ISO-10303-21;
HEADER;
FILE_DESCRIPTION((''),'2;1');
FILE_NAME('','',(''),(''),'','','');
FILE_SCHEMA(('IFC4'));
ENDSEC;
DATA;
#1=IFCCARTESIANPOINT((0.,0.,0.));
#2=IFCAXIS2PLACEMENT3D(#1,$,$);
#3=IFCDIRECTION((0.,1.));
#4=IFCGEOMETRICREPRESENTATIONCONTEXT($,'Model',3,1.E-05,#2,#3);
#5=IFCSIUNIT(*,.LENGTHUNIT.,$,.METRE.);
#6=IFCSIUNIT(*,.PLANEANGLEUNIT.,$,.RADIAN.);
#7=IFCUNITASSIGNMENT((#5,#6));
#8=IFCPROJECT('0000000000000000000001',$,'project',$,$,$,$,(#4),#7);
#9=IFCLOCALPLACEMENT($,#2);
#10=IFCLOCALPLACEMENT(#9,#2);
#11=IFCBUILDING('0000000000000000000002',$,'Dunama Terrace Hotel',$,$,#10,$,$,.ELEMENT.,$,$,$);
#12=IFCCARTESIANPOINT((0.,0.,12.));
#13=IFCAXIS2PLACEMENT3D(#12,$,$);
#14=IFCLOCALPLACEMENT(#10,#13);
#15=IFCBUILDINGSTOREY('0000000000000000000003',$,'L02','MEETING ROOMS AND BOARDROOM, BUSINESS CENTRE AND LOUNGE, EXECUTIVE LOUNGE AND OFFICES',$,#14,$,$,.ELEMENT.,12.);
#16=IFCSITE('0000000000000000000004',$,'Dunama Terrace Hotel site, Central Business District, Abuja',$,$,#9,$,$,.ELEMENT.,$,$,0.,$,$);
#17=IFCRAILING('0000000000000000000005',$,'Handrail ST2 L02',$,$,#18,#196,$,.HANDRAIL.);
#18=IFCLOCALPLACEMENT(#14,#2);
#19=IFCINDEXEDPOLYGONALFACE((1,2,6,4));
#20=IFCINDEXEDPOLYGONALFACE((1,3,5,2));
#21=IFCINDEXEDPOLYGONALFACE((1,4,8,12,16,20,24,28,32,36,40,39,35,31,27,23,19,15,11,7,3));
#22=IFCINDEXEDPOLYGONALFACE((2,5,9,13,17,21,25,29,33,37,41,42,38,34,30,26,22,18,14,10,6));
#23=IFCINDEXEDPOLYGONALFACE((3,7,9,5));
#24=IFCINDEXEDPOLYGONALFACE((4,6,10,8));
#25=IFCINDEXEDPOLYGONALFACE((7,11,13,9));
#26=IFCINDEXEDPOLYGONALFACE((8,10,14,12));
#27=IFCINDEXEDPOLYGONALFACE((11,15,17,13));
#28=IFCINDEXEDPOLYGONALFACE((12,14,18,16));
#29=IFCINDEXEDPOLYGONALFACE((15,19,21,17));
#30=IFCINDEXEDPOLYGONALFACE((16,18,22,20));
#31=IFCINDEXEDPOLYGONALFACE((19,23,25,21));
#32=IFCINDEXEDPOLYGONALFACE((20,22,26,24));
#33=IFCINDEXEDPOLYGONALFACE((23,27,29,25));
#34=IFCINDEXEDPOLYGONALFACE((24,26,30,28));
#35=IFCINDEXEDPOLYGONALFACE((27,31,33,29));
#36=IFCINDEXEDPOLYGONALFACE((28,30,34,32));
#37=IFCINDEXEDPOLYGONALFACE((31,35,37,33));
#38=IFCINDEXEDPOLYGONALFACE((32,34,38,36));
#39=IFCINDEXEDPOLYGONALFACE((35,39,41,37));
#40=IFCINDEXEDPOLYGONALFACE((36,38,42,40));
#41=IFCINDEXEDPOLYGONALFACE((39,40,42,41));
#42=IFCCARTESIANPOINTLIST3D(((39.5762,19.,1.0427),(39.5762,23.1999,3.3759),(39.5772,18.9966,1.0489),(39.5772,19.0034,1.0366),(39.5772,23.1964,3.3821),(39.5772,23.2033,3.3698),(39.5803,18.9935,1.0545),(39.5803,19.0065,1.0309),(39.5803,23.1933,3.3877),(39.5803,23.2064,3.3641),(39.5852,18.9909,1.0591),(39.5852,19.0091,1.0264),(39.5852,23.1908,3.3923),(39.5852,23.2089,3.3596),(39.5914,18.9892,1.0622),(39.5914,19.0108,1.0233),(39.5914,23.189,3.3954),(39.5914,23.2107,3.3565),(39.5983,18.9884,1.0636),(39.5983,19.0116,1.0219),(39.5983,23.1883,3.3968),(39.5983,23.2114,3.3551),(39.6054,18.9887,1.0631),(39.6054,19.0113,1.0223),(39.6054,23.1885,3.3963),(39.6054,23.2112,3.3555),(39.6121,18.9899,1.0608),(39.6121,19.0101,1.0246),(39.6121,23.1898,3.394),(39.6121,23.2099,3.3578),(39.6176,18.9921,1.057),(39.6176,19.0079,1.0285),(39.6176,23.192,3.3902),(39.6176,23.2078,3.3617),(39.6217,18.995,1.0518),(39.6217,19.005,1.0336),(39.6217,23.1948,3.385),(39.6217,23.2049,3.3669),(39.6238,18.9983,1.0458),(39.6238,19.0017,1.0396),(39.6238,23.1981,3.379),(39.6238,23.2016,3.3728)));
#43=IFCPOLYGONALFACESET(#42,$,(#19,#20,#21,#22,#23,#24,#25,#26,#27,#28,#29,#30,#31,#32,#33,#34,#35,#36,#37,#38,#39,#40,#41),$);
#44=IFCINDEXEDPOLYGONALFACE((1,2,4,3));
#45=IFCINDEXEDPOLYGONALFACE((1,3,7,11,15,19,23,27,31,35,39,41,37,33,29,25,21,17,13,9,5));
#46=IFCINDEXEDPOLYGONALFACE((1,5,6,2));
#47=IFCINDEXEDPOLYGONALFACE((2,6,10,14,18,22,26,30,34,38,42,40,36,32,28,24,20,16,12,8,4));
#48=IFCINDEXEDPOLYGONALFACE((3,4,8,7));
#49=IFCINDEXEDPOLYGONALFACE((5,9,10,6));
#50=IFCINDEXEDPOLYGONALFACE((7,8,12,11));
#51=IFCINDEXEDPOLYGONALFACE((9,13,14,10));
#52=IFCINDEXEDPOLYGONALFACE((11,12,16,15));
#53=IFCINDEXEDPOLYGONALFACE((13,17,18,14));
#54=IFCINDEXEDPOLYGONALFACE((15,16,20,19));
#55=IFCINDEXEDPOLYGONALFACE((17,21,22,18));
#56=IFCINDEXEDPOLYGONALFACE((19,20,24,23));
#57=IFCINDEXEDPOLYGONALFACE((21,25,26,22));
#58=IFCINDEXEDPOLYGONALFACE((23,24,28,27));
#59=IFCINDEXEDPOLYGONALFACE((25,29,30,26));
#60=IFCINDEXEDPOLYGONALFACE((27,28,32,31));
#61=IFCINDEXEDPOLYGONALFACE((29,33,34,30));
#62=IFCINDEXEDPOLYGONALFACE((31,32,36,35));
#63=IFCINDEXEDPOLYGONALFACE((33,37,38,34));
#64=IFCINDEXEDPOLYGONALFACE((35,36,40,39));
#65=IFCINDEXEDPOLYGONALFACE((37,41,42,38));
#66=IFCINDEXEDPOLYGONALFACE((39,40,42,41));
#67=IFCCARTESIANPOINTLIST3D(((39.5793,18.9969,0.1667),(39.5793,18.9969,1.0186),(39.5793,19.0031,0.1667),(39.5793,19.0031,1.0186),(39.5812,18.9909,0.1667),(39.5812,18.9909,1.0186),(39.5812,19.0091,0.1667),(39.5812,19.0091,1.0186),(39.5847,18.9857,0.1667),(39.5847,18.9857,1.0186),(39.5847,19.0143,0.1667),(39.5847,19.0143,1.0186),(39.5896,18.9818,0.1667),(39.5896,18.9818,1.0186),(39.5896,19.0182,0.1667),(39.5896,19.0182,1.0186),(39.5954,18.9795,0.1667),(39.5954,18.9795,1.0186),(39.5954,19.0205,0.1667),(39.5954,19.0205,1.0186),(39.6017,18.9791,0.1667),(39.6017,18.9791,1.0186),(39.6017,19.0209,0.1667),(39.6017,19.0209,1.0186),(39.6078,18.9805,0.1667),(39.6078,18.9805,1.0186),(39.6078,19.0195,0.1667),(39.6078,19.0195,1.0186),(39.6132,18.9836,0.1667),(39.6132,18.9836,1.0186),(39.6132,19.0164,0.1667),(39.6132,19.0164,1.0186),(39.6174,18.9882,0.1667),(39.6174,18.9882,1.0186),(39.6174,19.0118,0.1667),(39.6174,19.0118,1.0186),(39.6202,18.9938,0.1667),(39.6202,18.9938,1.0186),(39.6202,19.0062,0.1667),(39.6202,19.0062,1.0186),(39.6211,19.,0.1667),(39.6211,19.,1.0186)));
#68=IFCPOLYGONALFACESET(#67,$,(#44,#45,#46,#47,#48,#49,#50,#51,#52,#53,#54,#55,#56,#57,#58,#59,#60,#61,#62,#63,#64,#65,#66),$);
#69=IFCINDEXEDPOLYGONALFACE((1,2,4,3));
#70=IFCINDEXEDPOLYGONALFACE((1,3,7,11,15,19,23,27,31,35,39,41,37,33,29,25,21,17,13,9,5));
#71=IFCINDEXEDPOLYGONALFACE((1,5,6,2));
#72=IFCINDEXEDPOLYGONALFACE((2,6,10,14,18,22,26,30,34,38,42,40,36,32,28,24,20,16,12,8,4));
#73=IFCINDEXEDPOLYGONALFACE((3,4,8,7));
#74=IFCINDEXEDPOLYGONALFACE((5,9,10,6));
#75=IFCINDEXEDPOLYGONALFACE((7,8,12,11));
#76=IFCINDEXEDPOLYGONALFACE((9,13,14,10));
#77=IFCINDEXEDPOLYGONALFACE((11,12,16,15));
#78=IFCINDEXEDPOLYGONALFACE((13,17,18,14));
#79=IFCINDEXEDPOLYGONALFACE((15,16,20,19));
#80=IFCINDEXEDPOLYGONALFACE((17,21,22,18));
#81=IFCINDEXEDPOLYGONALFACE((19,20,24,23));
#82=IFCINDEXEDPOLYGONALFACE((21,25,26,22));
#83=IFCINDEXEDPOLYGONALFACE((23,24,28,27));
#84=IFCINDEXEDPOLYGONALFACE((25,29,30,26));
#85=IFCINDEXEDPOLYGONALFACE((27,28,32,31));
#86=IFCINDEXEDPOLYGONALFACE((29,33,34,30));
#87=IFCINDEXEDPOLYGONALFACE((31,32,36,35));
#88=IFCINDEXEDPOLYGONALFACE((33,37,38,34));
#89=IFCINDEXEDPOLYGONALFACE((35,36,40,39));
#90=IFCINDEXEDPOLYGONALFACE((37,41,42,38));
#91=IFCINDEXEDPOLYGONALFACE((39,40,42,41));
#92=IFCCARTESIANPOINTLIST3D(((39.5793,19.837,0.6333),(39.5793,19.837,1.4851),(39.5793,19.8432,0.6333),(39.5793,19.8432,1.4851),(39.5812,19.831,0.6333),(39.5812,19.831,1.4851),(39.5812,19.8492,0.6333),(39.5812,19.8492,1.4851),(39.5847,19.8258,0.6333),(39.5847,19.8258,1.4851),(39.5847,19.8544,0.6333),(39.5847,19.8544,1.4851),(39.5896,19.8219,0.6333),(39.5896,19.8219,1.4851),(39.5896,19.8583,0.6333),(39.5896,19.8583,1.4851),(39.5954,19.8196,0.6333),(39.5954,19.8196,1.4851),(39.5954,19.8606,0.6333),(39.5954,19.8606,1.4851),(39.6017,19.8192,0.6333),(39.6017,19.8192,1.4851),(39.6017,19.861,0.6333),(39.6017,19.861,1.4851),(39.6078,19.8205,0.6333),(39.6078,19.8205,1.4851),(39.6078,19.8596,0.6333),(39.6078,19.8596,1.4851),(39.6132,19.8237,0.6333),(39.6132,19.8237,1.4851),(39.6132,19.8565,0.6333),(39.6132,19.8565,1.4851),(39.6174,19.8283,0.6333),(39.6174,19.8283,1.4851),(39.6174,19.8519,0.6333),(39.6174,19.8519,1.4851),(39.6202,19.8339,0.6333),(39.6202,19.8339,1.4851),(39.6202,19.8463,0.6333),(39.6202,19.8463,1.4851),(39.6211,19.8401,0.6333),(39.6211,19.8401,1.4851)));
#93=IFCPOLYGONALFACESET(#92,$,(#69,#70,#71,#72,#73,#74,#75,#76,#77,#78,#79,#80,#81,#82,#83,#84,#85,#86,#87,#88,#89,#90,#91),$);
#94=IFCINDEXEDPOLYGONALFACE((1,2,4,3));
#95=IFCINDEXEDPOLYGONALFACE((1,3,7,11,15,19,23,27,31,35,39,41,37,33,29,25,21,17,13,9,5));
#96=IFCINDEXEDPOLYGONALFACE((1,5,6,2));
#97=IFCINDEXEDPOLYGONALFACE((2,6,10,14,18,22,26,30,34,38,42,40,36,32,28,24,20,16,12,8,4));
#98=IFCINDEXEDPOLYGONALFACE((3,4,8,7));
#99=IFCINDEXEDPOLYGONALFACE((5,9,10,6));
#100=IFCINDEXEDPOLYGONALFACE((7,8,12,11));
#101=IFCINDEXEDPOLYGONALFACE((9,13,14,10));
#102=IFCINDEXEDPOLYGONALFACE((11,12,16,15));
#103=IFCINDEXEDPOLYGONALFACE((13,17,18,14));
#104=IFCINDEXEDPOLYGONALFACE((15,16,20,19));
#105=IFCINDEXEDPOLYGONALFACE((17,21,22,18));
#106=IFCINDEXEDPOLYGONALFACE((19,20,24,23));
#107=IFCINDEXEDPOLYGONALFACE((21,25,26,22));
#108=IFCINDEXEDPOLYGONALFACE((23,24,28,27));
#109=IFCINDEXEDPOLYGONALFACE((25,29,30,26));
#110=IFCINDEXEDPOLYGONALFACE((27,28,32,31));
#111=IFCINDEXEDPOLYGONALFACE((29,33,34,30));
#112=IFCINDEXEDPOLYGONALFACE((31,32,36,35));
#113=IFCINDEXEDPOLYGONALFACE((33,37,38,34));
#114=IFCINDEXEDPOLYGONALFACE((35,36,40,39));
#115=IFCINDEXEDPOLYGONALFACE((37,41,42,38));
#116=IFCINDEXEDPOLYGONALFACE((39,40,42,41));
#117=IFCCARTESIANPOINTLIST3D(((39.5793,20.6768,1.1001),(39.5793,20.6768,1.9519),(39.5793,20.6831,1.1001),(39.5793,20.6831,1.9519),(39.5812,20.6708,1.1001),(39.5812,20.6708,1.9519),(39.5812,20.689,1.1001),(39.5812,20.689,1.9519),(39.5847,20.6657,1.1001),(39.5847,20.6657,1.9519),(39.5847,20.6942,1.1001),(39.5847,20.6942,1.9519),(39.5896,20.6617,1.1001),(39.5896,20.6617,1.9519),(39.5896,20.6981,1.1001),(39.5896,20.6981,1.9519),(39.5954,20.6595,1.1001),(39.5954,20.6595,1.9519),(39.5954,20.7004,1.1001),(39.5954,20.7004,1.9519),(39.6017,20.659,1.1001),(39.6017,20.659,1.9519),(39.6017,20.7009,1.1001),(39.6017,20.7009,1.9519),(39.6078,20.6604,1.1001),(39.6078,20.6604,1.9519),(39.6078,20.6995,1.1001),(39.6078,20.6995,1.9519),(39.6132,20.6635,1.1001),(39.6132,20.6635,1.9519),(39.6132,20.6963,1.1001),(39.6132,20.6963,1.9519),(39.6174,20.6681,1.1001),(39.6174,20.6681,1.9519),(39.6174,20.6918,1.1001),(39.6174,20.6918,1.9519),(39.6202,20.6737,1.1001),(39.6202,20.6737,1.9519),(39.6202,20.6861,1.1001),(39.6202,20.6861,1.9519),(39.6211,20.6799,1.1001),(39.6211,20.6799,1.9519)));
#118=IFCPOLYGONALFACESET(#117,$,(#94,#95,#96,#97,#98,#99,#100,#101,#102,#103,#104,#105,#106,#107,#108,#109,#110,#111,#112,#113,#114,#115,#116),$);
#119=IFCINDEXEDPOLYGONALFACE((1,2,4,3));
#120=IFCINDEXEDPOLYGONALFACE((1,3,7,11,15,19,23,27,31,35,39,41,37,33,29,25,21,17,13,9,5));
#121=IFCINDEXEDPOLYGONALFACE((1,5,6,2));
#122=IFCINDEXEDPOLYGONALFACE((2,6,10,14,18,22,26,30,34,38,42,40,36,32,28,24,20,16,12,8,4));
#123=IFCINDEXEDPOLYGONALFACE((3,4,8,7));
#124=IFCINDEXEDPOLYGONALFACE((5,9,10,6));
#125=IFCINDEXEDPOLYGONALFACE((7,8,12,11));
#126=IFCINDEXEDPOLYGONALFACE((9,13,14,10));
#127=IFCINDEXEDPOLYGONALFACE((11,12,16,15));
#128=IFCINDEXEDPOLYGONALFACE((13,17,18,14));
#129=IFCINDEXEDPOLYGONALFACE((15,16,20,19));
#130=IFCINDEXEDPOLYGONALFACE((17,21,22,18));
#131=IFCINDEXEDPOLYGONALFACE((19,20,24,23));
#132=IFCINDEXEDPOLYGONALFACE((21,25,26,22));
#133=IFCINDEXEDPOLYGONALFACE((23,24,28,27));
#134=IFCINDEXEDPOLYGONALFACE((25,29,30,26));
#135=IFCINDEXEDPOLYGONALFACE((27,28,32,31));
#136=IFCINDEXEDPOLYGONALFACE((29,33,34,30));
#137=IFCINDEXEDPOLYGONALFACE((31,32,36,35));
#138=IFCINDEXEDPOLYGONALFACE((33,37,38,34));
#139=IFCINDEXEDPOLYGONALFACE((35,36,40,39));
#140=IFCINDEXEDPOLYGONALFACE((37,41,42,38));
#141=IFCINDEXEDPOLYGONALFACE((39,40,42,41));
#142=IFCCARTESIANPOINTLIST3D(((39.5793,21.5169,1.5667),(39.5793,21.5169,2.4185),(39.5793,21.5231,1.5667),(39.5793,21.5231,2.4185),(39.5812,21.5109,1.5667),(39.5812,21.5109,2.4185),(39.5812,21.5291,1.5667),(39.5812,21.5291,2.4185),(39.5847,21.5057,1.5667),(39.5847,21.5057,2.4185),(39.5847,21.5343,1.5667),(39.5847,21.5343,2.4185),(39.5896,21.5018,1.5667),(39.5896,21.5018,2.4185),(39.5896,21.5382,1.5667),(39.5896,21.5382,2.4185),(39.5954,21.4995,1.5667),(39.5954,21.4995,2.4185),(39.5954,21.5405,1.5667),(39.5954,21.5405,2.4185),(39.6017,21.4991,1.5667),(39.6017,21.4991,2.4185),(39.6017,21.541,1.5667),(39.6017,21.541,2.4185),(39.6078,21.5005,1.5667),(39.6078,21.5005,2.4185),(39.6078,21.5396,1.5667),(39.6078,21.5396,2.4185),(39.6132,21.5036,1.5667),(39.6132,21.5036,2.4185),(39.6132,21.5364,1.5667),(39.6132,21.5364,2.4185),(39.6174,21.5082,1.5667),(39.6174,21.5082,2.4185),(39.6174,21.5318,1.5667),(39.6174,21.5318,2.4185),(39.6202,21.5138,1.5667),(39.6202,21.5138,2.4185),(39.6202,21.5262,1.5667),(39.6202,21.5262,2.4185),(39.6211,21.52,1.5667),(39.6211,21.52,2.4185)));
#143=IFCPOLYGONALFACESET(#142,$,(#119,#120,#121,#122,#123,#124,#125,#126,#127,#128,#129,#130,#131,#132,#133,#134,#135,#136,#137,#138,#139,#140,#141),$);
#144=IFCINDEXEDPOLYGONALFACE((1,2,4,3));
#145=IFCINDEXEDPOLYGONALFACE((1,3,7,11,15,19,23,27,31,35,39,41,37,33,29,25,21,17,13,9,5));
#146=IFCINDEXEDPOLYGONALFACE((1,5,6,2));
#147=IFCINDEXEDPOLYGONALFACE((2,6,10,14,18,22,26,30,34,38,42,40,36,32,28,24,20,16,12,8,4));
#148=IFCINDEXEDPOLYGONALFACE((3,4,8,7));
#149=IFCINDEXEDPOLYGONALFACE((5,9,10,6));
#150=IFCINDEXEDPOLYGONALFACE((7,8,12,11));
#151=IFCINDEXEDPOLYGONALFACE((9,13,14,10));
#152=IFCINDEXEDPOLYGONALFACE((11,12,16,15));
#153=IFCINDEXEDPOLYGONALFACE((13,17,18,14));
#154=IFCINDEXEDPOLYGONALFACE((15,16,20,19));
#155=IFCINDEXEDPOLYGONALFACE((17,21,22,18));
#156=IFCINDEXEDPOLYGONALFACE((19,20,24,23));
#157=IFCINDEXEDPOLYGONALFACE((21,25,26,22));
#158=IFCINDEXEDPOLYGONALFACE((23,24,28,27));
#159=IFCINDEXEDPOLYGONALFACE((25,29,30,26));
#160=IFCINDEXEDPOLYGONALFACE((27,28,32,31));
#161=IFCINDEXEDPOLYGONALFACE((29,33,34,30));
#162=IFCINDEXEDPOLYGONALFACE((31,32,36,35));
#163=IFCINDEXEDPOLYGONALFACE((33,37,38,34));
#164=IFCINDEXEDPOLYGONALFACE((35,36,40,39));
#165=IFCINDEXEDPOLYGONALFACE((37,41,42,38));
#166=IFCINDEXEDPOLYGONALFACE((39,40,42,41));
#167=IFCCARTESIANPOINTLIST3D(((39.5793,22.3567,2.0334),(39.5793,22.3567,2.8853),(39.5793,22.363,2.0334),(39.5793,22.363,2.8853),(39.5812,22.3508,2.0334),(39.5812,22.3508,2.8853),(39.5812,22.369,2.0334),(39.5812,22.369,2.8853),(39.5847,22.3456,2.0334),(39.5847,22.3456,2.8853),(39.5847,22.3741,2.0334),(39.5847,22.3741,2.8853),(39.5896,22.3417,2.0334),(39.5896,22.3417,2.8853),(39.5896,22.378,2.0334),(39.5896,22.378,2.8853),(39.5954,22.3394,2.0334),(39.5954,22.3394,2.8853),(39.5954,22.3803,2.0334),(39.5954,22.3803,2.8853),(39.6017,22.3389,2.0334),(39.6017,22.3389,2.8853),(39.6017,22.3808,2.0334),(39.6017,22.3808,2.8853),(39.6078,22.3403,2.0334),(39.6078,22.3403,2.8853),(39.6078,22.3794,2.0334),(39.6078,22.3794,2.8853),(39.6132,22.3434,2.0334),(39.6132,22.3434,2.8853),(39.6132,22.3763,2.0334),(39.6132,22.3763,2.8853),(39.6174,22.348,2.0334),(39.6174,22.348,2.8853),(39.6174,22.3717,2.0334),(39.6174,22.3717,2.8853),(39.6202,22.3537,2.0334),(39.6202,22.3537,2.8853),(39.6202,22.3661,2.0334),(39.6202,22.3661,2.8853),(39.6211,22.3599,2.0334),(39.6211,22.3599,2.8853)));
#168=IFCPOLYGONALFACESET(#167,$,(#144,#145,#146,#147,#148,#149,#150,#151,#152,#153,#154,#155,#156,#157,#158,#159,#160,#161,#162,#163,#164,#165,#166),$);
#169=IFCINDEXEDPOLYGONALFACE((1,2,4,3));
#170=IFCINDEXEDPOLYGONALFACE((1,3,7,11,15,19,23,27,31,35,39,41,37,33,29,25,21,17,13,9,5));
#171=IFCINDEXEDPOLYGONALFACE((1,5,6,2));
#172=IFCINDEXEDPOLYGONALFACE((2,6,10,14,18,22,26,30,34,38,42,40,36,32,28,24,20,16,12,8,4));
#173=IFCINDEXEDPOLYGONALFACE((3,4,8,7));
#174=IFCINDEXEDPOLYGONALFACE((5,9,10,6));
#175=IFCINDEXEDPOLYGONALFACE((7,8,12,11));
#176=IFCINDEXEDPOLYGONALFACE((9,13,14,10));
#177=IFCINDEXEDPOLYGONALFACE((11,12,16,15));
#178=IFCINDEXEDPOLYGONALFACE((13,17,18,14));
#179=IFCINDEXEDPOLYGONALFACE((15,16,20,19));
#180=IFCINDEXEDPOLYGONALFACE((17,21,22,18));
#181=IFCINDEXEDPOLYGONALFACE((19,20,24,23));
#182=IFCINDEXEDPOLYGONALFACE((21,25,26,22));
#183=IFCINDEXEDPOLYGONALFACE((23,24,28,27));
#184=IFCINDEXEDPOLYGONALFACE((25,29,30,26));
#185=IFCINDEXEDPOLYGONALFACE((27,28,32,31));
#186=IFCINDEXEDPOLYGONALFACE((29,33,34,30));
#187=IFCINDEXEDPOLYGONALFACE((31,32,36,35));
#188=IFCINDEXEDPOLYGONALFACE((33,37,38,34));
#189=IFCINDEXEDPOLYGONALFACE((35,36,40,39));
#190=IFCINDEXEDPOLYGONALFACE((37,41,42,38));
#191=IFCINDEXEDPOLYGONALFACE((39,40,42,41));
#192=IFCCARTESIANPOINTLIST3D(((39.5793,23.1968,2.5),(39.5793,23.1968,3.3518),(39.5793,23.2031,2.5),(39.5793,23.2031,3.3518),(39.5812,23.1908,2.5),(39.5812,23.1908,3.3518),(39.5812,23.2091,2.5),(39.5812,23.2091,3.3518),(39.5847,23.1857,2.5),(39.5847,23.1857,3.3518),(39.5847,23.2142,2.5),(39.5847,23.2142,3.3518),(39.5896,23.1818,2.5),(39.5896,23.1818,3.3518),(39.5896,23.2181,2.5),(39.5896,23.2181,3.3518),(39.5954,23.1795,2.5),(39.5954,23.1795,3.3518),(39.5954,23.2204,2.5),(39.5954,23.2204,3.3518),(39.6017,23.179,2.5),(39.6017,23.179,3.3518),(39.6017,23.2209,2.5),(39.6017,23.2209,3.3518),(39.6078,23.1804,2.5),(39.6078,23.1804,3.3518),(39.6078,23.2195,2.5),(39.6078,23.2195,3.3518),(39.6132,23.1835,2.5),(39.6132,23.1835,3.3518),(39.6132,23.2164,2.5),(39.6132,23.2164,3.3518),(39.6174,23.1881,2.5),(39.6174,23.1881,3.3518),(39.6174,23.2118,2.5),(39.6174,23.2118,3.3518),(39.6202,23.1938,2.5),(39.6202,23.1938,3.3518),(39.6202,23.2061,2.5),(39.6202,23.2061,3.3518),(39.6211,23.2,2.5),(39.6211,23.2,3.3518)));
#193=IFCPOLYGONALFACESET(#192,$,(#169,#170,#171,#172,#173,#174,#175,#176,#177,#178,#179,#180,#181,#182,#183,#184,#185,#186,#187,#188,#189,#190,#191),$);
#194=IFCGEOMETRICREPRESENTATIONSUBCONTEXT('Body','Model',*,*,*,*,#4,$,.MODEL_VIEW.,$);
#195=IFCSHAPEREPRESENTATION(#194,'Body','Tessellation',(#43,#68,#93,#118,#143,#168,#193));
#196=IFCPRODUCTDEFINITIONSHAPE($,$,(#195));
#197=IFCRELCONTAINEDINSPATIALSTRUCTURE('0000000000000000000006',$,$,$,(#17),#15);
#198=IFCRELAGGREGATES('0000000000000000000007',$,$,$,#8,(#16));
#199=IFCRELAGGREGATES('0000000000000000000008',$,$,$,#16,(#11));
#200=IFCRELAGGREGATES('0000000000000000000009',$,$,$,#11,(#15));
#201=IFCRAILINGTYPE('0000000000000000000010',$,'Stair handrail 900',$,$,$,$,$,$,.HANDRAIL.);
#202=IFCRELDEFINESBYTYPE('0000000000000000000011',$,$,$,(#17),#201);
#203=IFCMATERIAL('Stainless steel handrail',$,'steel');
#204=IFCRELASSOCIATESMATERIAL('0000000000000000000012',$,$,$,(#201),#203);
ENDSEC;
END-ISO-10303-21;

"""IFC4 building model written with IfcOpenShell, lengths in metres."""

from ifc_helpers import new_model, si_unit, direction, frame, origin, origin_2d, place, context, subcontext, project, spatial, circle, extrude, material, type_object, element, save


model = new_model("IFC4")

# Units and contexts
model_context = context("Model", 3, precision=1e-05, world=origin(), true_north=direction((0.0, 1.0)))
body_context = subcontext(model_context, "Body", "Model", "MODEL_VIEW")
ifc_project = project(units=[si_unit("LENGTHUNIT", "METRE"), si_unit("PLANEANGLEUNIT", "RADIAN")], contexts=[model_context])

# Site, building, storey
site_placement = place(None, origin())
site = spatial("IfcSite", under=ifc_project, at=site_placement, Name="Dunama Terrace Hotel site, Central Business District, Abuja", CompositionType="ELEMENT", RefElevation=0.0)
building_placement = place(site_placement, origin())
building = spatial("IfcBuilding", under=site, at=building_placement, Name="Dunama Terrace Hotel", CompositionType="ELEMENT")
storey_placement = place(building_placement, frame((0.0, 0.0, 12.0)))
storey = spatial("IfcBuildingStorey", under=building, at=storey_placement, Name="L02", Description="MEETING ROOMS AND BOARDROOM, BUSINESS CENTRE AND LOUNGE, EXECUTIVE LOUNGE AND OFFICES", CompositionType="ELEMENT", Elevation=12.0)

# Railing
ifc_material_1 = material(Name="Stainless steel handrail", Category="steel")
railing_type = type_object("IfcRailingType", Name="Stair handrail 900", PredefinedType="HANDRAIL", material=ifc_material_1)
railing_1_placement = place(storey_placement, frame((39.6001, 19.0, 0.1667)))
element("IfcRailing", 1, at=railing_1_placement, inside=storey, type_object=railing_type, Name="Handrail ST2 L02", PredefinedType="HANDRAIL", context=body_context, shape_type="SweptSolid", body=[
    extrude(circle(Radius=0.0239, at=origin_2d()), frame((0.0, 0.0, 0.876), z_axis=(0.0, 0.874162, 0.485634), x_axis=(-1.0, 0.0, 0.0)), (0.0, 0.0, 1.0), 4.8044),
    extrude(circle(Radius=0.021, at=origin_2d()), origin(), (0.0, 0.0, 1.0), 0.8518),
    extrude(circle(Radius=0.021, at=origin_2d()), frame((0.0, 0.8401, 0.4666)), (0.0, 0.0, 1.0), 0.8518),
    extrude(circle(Radius=0.021, at=origin_2d()), frame((0.0, 1.6799, 0.9333)), (0.0, 0.0, 1.0), 0.8518),
    extrude(circle(Radius=0.021, at=origin_2d()), frame((0.0, 2.52, 1.3999)), (0.0, 0.0, 1.0), 0.8518),
    extrude(circle(Radius=0.021, at=origin_2d()), frame((0.0, 3.3599, 1.8667)), (0.0, 0.0, 1.0), 0.8518),
    extrude(circle(Radius=0.021, at=origin_2d()), frame((0.0, 4.2, 2.3333)), (0.0, 0.0, 1.0), 0.8518),
])

save(model, "model.ifc")
